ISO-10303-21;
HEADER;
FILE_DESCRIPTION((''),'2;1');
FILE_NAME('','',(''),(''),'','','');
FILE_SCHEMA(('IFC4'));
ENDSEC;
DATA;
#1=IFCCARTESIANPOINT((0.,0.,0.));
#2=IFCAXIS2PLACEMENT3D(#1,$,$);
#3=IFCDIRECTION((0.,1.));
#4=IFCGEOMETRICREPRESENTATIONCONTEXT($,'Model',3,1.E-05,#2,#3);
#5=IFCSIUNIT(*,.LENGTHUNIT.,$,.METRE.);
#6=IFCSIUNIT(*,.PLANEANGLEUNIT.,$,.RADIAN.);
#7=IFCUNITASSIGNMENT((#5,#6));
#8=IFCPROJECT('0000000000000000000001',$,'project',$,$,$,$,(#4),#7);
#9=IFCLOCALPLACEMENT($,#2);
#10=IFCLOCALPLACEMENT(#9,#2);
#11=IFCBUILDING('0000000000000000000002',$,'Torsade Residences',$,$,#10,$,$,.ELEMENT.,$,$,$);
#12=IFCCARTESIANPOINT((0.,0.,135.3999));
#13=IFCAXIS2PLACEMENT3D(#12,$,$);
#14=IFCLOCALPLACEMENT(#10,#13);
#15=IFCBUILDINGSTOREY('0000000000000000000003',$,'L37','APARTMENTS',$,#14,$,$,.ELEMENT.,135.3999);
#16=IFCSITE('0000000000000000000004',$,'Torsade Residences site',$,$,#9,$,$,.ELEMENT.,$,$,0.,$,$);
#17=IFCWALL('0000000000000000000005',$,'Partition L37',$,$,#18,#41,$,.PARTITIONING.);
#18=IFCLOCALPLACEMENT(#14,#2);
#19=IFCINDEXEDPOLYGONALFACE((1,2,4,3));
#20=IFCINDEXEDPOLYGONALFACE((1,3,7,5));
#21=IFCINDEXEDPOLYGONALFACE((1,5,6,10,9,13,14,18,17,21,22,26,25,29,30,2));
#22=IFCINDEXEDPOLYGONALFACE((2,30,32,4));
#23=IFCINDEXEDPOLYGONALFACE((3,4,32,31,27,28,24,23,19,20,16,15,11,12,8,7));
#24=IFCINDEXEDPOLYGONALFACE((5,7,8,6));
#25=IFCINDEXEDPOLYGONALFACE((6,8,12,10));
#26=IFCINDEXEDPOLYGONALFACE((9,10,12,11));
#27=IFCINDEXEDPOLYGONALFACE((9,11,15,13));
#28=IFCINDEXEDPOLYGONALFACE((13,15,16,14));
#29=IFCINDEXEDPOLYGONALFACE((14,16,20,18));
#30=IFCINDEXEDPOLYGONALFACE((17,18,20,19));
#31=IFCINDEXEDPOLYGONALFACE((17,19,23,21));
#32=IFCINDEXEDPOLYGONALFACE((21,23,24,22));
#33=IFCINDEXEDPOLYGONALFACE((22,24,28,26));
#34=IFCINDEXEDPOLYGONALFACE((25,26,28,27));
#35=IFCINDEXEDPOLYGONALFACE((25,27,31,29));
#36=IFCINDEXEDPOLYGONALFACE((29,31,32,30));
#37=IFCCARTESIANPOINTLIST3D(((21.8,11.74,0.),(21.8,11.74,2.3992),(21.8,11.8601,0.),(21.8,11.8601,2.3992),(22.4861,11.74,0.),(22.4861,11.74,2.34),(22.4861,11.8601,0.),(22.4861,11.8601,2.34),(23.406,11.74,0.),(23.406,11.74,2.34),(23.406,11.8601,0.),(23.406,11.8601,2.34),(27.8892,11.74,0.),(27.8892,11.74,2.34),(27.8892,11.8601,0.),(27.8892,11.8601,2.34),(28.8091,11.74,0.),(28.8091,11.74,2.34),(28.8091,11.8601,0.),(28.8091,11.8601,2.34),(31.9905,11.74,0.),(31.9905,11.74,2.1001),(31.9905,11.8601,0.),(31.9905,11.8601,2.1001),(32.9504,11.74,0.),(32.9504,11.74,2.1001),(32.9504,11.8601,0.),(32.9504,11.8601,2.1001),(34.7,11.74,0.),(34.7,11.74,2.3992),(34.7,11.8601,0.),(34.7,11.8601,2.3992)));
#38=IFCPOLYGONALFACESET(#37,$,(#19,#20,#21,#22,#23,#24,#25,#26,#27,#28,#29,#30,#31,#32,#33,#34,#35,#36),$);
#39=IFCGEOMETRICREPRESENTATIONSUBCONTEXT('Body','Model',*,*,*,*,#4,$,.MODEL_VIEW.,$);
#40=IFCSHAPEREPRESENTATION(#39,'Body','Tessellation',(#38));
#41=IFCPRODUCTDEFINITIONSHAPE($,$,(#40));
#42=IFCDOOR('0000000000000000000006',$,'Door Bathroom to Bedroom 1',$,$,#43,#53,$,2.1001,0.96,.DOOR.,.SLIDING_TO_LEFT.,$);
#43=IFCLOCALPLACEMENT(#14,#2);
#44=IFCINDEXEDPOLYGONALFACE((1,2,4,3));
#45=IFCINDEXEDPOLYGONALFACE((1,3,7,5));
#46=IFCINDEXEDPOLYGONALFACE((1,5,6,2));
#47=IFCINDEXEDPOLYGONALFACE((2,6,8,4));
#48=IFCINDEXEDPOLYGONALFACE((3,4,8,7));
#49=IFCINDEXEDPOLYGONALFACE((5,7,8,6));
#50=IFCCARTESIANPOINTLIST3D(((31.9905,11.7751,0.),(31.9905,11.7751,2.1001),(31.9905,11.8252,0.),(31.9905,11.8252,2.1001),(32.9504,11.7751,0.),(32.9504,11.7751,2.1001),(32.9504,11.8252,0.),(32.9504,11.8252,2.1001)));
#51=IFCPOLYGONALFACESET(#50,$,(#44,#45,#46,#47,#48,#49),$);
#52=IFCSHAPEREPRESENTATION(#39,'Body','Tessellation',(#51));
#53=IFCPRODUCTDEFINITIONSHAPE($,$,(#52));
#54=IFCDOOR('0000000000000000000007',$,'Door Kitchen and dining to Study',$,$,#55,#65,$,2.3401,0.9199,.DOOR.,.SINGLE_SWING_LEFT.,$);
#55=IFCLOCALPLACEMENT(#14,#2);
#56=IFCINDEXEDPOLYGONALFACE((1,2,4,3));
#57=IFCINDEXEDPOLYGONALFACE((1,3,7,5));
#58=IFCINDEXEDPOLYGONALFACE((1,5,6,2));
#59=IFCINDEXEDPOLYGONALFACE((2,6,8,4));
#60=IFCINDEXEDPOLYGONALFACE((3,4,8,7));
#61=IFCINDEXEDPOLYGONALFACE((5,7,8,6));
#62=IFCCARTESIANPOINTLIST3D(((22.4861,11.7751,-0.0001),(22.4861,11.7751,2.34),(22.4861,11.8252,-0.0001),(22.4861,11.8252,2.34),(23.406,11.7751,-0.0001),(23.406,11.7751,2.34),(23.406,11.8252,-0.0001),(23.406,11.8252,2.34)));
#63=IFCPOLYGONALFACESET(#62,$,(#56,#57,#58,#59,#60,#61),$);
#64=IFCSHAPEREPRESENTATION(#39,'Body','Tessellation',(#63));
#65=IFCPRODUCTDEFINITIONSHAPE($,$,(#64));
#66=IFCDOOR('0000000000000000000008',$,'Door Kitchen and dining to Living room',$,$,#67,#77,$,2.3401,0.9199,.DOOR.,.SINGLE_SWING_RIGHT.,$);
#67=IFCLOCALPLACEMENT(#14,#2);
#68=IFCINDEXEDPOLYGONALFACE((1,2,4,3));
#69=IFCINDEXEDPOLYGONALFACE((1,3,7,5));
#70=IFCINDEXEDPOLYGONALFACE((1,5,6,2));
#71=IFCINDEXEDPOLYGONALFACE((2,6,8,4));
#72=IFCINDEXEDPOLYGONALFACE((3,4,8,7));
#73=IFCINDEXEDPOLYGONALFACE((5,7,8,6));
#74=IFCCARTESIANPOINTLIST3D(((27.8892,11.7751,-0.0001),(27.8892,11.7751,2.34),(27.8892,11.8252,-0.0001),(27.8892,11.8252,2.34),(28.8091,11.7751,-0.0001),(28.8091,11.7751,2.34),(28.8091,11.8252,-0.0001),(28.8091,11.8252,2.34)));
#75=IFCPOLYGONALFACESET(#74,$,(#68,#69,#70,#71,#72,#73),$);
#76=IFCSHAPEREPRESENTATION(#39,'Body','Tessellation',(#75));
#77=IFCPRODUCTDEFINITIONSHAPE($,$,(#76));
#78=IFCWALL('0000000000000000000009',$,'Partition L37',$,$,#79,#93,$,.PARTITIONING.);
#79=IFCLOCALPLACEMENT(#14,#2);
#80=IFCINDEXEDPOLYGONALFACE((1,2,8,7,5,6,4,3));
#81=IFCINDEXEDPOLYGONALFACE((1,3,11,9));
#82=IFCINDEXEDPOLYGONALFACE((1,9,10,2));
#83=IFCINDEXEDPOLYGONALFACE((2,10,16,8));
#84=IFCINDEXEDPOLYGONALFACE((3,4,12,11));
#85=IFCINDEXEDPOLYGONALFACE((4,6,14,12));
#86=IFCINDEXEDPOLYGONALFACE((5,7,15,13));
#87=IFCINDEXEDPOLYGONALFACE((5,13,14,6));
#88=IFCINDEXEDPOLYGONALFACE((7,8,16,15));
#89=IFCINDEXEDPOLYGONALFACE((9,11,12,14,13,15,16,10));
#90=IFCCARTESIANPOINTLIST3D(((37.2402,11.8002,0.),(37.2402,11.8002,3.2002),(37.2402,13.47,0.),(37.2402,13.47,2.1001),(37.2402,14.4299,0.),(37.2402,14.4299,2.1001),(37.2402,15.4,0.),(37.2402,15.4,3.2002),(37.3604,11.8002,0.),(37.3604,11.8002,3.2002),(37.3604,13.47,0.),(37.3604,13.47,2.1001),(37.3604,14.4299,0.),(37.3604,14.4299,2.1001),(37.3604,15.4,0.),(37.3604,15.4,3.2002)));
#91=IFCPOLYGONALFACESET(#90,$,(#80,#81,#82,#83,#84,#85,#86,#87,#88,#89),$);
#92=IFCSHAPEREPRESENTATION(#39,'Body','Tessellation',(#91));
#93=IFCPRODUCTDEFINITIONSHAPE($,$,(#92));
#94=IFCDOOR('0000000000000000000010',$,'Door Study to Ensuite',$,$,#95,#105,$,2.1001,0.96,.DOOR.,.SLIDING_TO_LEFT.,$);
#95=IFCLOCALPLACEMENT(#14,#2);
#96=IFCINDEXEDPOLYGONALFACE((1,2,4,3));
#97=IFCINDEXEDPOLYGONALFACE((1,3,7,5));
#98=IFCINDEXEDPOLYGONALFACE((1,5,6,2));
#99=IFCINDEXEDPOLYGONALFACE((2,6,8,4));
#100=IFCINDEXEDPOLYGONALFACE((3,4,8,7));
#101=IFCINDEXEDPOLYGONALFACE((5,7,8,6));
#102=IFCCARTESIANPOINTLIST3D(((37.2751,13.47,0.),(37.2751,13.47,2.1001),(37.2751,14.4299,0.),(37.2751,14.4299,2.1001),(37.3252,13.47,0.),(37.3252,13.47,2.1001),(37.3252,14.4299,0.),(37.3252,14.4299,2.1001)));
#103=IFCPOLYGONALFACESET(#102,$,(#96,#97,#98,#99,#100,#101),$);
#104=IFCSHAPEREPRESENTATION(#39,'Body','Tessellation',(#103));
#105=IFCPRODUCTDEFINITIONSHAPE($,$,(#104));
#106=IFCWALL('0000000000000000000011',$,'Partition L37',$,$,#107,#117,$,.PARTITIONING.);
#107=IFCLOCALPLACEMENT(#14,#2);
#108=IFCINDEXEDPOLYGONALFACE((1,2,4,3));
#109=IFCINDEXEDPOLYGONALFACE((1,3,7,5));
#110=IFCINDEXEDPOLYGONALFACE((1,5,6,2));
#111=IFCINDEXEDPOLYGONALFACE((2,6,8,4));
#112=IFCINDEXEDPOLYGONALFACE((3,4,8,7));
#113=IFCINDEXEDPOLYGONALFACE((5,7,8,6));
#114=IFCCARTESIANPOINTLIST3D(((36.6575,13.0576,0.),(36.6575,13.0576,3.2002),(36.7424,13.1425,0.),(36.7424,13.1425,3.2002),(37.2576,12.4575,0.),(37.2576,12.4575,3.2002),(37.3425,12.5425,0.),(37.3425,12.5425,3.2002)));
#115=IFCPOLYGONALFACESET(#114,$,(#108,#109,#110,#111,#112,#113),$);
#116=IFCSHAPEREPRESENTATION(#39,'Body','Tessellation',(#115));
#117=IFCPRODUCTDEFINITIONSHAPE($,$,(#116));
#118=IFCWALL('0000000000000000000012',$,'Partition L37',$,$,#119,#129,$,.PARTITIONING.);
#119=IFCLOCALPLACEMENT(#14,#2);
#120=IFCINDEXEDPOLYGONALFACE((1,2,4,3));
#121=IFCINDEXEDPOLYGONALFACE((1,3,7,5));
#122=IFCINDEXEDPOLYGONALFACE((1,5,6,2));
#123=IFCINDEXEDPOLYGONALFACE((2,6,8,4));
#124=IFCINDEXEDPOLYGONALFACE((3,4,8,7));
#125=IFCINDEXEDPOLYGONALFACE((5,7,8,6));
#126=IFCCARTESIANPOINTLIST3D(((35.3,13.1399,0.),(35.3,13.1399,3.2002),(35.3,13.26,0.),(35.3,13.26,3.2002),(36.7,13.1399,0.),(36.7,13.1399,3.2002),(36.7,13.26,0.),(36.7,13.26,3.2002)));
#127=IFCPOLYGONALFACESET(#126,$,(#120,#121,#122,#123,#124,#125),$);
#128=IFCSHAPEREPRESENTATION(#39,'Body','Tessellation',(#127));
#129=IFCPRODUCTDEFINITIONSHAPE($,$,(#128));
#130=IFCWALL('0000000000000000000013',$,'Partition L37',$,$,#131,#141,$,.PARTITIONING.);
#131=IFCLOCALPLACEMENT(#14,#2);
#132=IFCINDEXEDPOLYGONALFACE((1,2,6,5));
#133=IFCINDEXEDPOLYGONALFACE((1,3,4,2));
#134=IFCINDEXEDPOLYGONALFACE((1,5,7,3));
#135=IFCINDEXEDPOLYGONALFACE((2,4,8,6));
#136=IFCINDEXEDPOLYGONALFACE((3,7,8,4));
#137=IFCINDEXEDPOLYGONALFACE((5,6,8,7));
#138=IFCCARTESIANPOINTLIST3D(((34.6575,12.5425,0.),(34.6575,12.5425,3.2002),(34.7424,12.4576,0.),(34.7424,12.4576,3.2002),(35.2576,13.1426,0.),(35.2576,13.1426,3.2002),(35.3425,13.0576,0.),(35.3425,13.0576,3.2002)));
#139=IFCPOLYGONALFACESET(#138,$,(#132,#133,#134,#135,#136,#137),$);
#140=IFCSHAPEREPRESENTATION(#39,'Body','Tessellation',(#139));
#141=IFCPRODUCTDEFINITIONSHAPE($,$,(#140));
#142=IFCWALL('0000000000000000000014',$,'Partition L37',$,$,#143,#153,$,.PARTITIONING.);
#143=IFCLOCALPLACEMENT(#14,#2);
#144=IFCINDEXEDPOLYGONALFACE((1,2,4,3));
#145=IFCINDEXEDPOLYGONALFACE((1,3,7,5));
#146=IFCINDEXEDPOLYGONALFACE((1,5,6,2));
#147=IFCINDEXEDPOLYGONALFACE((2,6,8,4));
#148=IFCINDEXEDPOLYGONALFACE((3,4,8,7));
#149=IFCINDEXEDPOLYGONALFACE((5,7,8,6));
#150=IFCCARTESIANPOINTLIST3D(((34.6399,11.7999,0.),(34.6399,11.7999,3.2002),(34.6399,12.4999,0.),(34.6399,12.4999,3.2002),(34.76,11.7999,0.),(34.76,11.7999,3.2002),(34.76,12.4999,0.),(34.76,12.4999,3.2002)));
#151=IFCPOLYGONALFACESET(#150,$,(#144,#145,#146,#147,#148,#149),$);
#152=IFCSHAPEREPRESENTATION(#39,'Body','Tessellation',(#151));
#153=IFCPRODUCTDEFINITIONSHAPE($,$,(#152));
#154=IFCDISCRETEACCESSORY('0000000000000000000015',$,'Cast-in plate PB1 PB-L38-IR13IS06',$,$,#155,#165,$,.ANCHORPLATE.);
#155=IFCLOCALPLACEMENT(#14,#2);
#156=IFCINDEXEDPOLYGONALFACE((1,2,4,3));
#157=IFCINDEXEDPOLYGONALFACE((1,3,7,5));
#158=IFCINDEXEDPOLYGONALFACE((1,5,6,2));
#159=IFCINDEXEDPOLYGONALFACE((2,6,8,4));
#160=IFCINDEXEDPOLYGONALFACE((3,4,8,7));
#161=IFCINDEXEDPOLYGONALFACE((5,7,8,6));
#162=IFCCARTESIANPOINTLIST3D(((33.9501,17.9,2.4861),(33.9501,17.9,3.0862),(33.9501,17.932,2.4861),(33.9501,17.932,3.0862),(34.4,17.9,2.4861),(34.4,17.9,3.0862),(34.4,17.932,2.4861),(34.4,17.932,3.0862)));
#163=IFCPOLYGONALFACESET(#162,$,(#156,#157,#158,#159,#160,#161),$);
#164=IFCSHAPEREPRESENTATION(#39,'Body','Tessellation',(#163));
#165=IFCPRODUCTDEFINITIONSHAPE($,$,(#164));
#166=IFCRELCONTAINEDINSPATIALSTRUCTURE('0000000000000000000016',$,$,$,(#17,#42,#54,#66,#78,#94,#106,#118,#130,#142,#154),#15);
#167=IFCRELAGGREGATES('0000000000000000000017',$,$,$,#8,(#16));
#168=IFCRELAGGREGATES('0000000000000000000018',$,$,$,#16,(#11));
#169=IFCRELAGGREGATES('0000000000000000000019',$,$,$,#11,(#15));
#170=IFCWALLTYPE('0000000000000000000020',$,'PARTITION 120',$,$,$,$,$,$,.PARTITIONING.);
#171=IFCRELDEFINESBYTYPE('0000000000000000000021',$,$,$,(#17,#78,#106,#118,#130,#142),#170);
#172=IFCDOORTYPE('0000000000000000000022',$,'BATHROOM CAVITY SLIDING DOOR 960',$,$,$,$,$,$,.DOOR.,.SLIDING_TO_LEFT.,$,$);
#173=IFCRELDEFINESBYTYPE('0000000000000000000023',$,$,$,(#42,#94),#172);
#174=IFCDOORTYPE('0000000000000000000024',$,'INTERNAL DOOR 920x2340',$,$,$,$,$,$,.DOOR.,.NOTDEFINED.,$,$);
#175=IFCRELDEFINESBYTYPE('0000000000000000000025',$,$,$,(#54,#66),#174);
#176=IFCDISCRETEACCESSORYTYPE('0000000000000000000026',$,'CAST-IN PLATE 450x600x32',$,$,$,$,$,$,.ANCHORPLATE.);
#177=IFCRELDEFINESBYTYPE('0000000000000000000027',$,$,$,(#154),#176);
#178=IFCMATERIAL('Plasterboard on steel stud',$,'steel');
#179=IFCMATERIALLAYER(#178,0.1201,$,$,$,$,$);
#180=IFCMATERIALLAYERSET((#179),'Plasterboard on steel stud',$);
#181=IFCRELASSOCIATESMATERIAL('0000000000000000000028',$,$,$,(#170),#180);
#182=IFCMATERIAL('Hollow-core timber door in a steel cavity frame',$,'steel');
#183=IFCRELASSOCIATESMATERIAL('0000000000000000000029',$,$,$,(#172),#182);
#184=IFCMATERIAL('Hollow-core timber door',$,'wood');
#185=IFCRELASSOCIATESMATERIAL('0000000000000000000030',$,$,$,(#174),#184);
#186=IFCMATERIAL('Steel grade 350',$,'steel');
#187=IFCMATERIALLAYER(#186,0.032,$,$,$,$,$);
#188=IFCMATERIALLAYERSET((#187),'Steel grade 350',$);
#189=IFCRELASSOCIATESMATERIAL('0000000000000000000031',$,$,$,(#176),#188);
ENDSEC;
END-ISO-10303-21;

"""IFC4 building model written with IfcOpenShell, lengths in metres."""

from ifc_helpers import new_model, si_unit, direction, frame, frame_2d, origin, origin_2d, place, context, subcontext, project, spatial, rectangle, extrude, material, layer, layer_set, type_object, element, fill, save


model = new_model("IFC4")

# Units and contexts
model_context = context("Model", 3, precision=1e-05, world=origin(), true_north=direction((0.0, 1.0)))
body_context = subcontext(model_context, "Body", "Model", "MODEL_VIEW")
ifc_project = project(units=[si_unit("LENGTHUNIT", "METRE"), si_unit("PLANEANGLEUNIT", "RADIAN")], contexts=[model_context])

# Site, building, storey
site_placement = place(None, origin())
site = spatial("IfcSite", under=ifc_project, at=site_placement, Name="Torsade Residences site", CompositionType="ELEMENT", RefElevation=0.0)
building_placement = place(site_placement, origin())
building = spatial("IfcBuilding", under=site, at=building_placement, Name="Torsade Residences", CompositionType="ELEMENT")
storey_placement = place(building_placement, frame((0.0, 0.0, 135.3999)))
storey = spatial("IfcBuildingStorey", under=building, at=storey_placement, Name="L37", Description="APARTMENTS", CompositionType="ELEMENT", Elevation=135.3999)

# Shared definitions
ifc_material_1 = material(Name="Plasterboard on steel stud", Category="steel")
ifc_layer_1 = layer(ifc_material_1, 0.1201)
ifc_layer_set_1 = layer_set([ifc_layer_1], Name="Plasterboard on steel stud")
wall_type_1 = type_object("IfcWallType", Name="PARTITION 120", PredefinedType="PARTITIONING", material=ifc_layer_set_1)
ifc_material_2 = material(Name="Hollow-core timber door in a steel cavity frame", Category="steel")
door_type_1 = type_object("IfcDoorType", Name="BATHROOM CAVITY SLIDING DOOR 960", OperationType="SLIDING_TO_LEFT", PredefinedType="DOOR", material=ifc_material_2)

# Wall, openings, doors
wall_1_placement = place(storey_placement, frame((34.7, 11.8, 0.0), z_axis=(0.0, 0.0, 1.0), x_axis=(-1.0, 0.0, 0.0)))
wall_1 = element("IfcWall", 1, at=wall_1_placement, inside=storey, type_object=wall_type_1, Name="Partition L37", PredefinedType="PARTITIONING", context=body_context, shape_type="SweptSolid", body=[
    extrude(rectangle(XDim=12.8999, YDim=0.1201, at=frame_2d((6.45, 0.0))), origin(), (0.0, 0.0, 1.0), 2.3992),
])
opening_1_placement = place(wall_1_placement, frame((11.2939, 0.0, 0.0)))
opening_1 = element("IfcOpeningElement", 2, at=opening_1_placement, cuts=wall_1, PredefinedType="OPENING", context=body_context, shape_type="SweptSolid", body=[
    extrude(rectangle(XDim=0.9199, YDim=2.3401, at=frame_2d((0.46, 1.1699))), frame((0.0, 0.0701, 0.0), z_axis=(0.0, -1.0, 0.0), x_axis=(1.0, 0.0, 0.0)), (0.0, 0.0, 1.0), 0.1401),
])
opening_2_placement = place(wall_1_placement, frame((5.8909, 0.0, 0.0)))
opening_2 = element("IfcOpeningElement", 3, at=opening_2_placement, cuts=wall_1, PredefinedType="OPENING", context=body_context, shape_type="SweptSolid", body=[
    extrude(rectangle(XDim=0.9199, YDim=2.3401, at=frame_2d((0.46, 1.1699))), frame((0.0, 0.0701, 0.0), z_axis=(0.0, -1.0, 0.0), x_axis=(1.0, 0.0, 0.0)), (0.0, 0.0, 1.0), 0.1401),
])
opening_3_placement = place(wall_1_placement, frame((1.7495, 0.0, 0.0)))
opening_3 = element("IfcOpeningElement", 4, at=opening_3_placement, cuts=wall_1, PredefinedType="OPENING", context=body_context, shape_type="SweptSolid", body=[
    extrude(rectangle(XDim=0.96, YDim=2.1001, at=frame_2d((0.48, 1.05))), frame((0.0, 0.0701, 0.0), z_axis=(0.0, -1.0, 0.0), x_axis=(1.0, 0.0, 0.0)), (0.0, 0.0, 1.0), 0.1401),
])
door_1_placement = place(opening_3_placement, origin())
door_1 = element("IfcDoor", 5, at=door_1_placement, inside=storey, type_object=door_type_1, Name="Door Bathroom to Bedroom 1", OperationType="SLIDING_TO_LEFT", OverallHeight=2.1001, OverallWidth=0.96, PredefinedType="DOOR", context=body_context, shape_type="SweptSolid", body=[
    extrude(rectangle(XDim=0.96, YDim=2.1001, at=frame_2d((0.48, 1.05))), frame((0.0, 0.0249, 0.0), z_axis=(0.0, -1.0, 0.0), x_axis=(1.0, 0.0, 0.0)), (0.0, 0.0, 1.0), 0.05),
])
fill(opening_3, door_1)
ifc_material_3 = material(Name="Hollow-core timber door", Category="wood")
door_type_2 = type_object("IfcDoorType", Name="INTERNAL DOOR 920x2340", OperationType="NOTDEFINED", PredefinedType="DOOR", material=ifc_material_3)
door_2_placement = place(opening_1_placement, origin())
door_2 = element("IfcDoor", 6, at=door_2_placement, inside=storey, type_object=door_type_2, Name="Door Kitchen and dining to Study", OperationType="SINGLE_SWING_LEFT", OverallHeight=2.3401, OverallWidth=0.9199, PredefinedType="DOOR", context=body_context, shape_type="SweptSolid", body=[
    extrude(rectangle(XDim=0.9199, YDim=2.3401, at=frame_2d((0.46, 1.1699))), frame((0.0, 0.0249, 0.0), z_axis=(0.0, -1.0, 0.0), x_axis=(1.0, 0.0, 0.0)), (0.0, 0.0, 1.0), 0.05),
])
fill(opening_1, door_2)
door_3_placement = place(opening_2_placement, origin())
door_3 = element("IfcDoor", 7, at=door_3_placement, inside=storey, type_object=door_type_2, Name="Door Kitchen and dining to Living room", OperationType="SINGLE_SWING_RIGHT", OverallHeight=2.3401, OverallWidth=0.9199, PredefinedType="DOOR", context=body_context, shape_type="SweptSolid", body=[
    extrude(rectangle(XDim=0.9199, YDim=2.3401, at=frame_2d((0.46, 1.1699))), frame((0.0, 0.0249, 0.0), z_axis=(0.0, -1.0, 0.0), x_axis=(1.0, 0.0, 0.0)), (0.0, 0.0, 1.0), 0.05),
])
fill(opening_2, door_3)

# Wall, opening, door
wall_2_placement = place(storey_placement, frame((37.3003, 15.3999, 0.0), z_axis=(0.0, 0.0, 1.0), x_axis=(0.0, -1.0, 0.0)))
wall_2 = element("IfcWall", 8, at=wall_2_placement, inside=storey, type_object=wall_type_1, Name="Partition L37", PredefinedType="PARTITIONING", context=body_context, shape_type="SweptSolid", body=[
    extrude(rectangle(XDim=3.5999, YDim=0.1201, at=frame_2d((1.7998, 0.0))), origin(), (0.0, 0.0, 1.0), 3.2002),
])
opening_4_placement = place(wall_2_placement, frame((0.97, 0.0, 0.0)))
opening_4 = element("IfcOpeningElement", 9, at=opening_4_placement, cuts=wall_2, PredefinedType="OPENING", context=body_context, shape_type="SweptSolid", body=[
    extrude(rectangle(XDim=0.96, YDim=2.1001, at=frame_2d((0.48, 1.05))), frame((0.0, 0.0701, 0.0), z_axis=(0.0, -1.0, 0.0), x_axis=(1.0, 0.0, 0.0)), (0.0, 0.0, 1.0), 0.1401),
])
door_4_placement = place(opening_4_placement, origin())
door_4 = element("IfcDoor", 10, at=door_4_placement, inside=storey, type_object=door_type_1, Name="Door Study to Ensuite", OperationType="SLIDING_TO_LEFT", OverallHeight=2.1001, OverallWidth=0.96, PredefinedType="DOOR", context=body_context, shape_type="SweptSolid", body=[
    extrude(rectangle(XDim=0.96, YDim=2.1001, at=frame_2d((0.48, 1.05))), frame((0.0, 0.0249, 0.0), z_axis=(0.0, -1.0, 0.0), x_axis=(1.0, 0.0, 0.0)), (0.0, 0.0, 1.0), 0.05),
])
fill(opening_4, door_4)

# Walls
wall_3_placement = place(storey_placement, frame((37.3, 12.5, 0.0), z_axis=(0.0, 0.0, 1.0), x_axis=(-0.707107, 0.707107, 0.0)))
element("IfcWall", 11, at=wall_3_placement, inside=storey, type_object=wall_type_1, Name="Partition L37", PredefinedType="PARTITIONING", context=body_context, shape_type="SweptSolid", body=[
    extrude(rectangle(XDim=0.8486, YDim=0.1201, at=frame_2d((0.4243, 0.0))), origin(), (0.0, 0.0, 1.0), 3.2002),
])
wall_4_placement = place(storey_placement, frame((36.7, 13.2, 0.0), z_axis=(0.0, 0.0, 1.0), x_axis=(-1.0, 0.0, 0.0)))
element("IfcWall", 12, at=wall_4_placement, inside=storey, type_object=wall_type_1, Name="Partition L37", PredefinedType="PARTITIONING", context=body_context, shape_type="SweptSolid", body=[
    extrude(rectangle(XDim=1.3999, YDim=0.1201, at=frame_2d((0.7, 0.0))), origin(), (0.0, 0.0, 1.0), 3.2002),
])
wall_5_placement = place(storey_placement, frame((35.3, 13.1001, 0.0), z_axis=(0.0, 0.0, 1.0), x_axis=(-0.707107, -0.707107, 0.0)))
element("IfcWall", 13, at=wall_5_placement, inside=storey, type_object=wall_type_1, Name="Partition L37", PredefinedType="PARTITIONING", context=body_context, shape_type="SweptSolid", body=[
    extrude(rectangle(XDim=0.8486, YDim=0.1201, at=frame_2d((0.4243, 0.0))), origin(), (0.0, 0.0, 1.0), 3.2002),
])
wall_6_placement = place(storey_placement, frame((34.7, 12.5, 0.0), z_axis=(0.0, 0.0, 1.0), x_axis=(0.0, -1.0, 0.0)))
element("IfcWall", 14, at=wall_6_placement, inside=storey, type_object=wall_type_1, Name="Partition L37", PredefinedType="PARTITIONING", context=body_context, shape_type="SweptSolid", body=[
    extrude(rectangle(XDim=0.7, YDim=0.1201, at=frame_2d((0.3501, 0.0))), origin(), (0.0, 0.0, 1.0), 3.2002),
])

# Discrete accessory
ifc_material_4 = material(Name="Steel grade 350", Category="steel")
ifc_layer_2 = layer(ifc_material_4, 0.032)
ifc_layer_set_2 = layer_set([ifc_layer_2], Name="Steel grade 350")
discrete_accessory_type = type_object("IfcDiscreteAccessoryType", Name="CAST-IN PLATE 450x600x32", PredefinedType="ANCHORPLATE", material=ifc_layer_set_2)
discrete_accessory_placement = place(storey_placement, frame((34.175, 17.916, 2.4861), z_axis=(0.0, 0.0, 1.0), x_axis=(1.0, 0.0, 0.0)))
element("IfcDiscreteAccessory", 15, at=discrete_accessory_placement, inside=storey, type_object=discrete_accessory_type, Name="Cast-in plate PB1 PB-L38-IR13IS06", PredefinedType="ANCHORPLATE", context=body_context, shape_type="SweptSolid", body=[
    extrude(rectangle(XDim=0.45, YDim=0.032, at=origin_2d()), origin(), (0.0, 0.0, 1.0), 0.6001),
])

save(model, "model.ifc")
